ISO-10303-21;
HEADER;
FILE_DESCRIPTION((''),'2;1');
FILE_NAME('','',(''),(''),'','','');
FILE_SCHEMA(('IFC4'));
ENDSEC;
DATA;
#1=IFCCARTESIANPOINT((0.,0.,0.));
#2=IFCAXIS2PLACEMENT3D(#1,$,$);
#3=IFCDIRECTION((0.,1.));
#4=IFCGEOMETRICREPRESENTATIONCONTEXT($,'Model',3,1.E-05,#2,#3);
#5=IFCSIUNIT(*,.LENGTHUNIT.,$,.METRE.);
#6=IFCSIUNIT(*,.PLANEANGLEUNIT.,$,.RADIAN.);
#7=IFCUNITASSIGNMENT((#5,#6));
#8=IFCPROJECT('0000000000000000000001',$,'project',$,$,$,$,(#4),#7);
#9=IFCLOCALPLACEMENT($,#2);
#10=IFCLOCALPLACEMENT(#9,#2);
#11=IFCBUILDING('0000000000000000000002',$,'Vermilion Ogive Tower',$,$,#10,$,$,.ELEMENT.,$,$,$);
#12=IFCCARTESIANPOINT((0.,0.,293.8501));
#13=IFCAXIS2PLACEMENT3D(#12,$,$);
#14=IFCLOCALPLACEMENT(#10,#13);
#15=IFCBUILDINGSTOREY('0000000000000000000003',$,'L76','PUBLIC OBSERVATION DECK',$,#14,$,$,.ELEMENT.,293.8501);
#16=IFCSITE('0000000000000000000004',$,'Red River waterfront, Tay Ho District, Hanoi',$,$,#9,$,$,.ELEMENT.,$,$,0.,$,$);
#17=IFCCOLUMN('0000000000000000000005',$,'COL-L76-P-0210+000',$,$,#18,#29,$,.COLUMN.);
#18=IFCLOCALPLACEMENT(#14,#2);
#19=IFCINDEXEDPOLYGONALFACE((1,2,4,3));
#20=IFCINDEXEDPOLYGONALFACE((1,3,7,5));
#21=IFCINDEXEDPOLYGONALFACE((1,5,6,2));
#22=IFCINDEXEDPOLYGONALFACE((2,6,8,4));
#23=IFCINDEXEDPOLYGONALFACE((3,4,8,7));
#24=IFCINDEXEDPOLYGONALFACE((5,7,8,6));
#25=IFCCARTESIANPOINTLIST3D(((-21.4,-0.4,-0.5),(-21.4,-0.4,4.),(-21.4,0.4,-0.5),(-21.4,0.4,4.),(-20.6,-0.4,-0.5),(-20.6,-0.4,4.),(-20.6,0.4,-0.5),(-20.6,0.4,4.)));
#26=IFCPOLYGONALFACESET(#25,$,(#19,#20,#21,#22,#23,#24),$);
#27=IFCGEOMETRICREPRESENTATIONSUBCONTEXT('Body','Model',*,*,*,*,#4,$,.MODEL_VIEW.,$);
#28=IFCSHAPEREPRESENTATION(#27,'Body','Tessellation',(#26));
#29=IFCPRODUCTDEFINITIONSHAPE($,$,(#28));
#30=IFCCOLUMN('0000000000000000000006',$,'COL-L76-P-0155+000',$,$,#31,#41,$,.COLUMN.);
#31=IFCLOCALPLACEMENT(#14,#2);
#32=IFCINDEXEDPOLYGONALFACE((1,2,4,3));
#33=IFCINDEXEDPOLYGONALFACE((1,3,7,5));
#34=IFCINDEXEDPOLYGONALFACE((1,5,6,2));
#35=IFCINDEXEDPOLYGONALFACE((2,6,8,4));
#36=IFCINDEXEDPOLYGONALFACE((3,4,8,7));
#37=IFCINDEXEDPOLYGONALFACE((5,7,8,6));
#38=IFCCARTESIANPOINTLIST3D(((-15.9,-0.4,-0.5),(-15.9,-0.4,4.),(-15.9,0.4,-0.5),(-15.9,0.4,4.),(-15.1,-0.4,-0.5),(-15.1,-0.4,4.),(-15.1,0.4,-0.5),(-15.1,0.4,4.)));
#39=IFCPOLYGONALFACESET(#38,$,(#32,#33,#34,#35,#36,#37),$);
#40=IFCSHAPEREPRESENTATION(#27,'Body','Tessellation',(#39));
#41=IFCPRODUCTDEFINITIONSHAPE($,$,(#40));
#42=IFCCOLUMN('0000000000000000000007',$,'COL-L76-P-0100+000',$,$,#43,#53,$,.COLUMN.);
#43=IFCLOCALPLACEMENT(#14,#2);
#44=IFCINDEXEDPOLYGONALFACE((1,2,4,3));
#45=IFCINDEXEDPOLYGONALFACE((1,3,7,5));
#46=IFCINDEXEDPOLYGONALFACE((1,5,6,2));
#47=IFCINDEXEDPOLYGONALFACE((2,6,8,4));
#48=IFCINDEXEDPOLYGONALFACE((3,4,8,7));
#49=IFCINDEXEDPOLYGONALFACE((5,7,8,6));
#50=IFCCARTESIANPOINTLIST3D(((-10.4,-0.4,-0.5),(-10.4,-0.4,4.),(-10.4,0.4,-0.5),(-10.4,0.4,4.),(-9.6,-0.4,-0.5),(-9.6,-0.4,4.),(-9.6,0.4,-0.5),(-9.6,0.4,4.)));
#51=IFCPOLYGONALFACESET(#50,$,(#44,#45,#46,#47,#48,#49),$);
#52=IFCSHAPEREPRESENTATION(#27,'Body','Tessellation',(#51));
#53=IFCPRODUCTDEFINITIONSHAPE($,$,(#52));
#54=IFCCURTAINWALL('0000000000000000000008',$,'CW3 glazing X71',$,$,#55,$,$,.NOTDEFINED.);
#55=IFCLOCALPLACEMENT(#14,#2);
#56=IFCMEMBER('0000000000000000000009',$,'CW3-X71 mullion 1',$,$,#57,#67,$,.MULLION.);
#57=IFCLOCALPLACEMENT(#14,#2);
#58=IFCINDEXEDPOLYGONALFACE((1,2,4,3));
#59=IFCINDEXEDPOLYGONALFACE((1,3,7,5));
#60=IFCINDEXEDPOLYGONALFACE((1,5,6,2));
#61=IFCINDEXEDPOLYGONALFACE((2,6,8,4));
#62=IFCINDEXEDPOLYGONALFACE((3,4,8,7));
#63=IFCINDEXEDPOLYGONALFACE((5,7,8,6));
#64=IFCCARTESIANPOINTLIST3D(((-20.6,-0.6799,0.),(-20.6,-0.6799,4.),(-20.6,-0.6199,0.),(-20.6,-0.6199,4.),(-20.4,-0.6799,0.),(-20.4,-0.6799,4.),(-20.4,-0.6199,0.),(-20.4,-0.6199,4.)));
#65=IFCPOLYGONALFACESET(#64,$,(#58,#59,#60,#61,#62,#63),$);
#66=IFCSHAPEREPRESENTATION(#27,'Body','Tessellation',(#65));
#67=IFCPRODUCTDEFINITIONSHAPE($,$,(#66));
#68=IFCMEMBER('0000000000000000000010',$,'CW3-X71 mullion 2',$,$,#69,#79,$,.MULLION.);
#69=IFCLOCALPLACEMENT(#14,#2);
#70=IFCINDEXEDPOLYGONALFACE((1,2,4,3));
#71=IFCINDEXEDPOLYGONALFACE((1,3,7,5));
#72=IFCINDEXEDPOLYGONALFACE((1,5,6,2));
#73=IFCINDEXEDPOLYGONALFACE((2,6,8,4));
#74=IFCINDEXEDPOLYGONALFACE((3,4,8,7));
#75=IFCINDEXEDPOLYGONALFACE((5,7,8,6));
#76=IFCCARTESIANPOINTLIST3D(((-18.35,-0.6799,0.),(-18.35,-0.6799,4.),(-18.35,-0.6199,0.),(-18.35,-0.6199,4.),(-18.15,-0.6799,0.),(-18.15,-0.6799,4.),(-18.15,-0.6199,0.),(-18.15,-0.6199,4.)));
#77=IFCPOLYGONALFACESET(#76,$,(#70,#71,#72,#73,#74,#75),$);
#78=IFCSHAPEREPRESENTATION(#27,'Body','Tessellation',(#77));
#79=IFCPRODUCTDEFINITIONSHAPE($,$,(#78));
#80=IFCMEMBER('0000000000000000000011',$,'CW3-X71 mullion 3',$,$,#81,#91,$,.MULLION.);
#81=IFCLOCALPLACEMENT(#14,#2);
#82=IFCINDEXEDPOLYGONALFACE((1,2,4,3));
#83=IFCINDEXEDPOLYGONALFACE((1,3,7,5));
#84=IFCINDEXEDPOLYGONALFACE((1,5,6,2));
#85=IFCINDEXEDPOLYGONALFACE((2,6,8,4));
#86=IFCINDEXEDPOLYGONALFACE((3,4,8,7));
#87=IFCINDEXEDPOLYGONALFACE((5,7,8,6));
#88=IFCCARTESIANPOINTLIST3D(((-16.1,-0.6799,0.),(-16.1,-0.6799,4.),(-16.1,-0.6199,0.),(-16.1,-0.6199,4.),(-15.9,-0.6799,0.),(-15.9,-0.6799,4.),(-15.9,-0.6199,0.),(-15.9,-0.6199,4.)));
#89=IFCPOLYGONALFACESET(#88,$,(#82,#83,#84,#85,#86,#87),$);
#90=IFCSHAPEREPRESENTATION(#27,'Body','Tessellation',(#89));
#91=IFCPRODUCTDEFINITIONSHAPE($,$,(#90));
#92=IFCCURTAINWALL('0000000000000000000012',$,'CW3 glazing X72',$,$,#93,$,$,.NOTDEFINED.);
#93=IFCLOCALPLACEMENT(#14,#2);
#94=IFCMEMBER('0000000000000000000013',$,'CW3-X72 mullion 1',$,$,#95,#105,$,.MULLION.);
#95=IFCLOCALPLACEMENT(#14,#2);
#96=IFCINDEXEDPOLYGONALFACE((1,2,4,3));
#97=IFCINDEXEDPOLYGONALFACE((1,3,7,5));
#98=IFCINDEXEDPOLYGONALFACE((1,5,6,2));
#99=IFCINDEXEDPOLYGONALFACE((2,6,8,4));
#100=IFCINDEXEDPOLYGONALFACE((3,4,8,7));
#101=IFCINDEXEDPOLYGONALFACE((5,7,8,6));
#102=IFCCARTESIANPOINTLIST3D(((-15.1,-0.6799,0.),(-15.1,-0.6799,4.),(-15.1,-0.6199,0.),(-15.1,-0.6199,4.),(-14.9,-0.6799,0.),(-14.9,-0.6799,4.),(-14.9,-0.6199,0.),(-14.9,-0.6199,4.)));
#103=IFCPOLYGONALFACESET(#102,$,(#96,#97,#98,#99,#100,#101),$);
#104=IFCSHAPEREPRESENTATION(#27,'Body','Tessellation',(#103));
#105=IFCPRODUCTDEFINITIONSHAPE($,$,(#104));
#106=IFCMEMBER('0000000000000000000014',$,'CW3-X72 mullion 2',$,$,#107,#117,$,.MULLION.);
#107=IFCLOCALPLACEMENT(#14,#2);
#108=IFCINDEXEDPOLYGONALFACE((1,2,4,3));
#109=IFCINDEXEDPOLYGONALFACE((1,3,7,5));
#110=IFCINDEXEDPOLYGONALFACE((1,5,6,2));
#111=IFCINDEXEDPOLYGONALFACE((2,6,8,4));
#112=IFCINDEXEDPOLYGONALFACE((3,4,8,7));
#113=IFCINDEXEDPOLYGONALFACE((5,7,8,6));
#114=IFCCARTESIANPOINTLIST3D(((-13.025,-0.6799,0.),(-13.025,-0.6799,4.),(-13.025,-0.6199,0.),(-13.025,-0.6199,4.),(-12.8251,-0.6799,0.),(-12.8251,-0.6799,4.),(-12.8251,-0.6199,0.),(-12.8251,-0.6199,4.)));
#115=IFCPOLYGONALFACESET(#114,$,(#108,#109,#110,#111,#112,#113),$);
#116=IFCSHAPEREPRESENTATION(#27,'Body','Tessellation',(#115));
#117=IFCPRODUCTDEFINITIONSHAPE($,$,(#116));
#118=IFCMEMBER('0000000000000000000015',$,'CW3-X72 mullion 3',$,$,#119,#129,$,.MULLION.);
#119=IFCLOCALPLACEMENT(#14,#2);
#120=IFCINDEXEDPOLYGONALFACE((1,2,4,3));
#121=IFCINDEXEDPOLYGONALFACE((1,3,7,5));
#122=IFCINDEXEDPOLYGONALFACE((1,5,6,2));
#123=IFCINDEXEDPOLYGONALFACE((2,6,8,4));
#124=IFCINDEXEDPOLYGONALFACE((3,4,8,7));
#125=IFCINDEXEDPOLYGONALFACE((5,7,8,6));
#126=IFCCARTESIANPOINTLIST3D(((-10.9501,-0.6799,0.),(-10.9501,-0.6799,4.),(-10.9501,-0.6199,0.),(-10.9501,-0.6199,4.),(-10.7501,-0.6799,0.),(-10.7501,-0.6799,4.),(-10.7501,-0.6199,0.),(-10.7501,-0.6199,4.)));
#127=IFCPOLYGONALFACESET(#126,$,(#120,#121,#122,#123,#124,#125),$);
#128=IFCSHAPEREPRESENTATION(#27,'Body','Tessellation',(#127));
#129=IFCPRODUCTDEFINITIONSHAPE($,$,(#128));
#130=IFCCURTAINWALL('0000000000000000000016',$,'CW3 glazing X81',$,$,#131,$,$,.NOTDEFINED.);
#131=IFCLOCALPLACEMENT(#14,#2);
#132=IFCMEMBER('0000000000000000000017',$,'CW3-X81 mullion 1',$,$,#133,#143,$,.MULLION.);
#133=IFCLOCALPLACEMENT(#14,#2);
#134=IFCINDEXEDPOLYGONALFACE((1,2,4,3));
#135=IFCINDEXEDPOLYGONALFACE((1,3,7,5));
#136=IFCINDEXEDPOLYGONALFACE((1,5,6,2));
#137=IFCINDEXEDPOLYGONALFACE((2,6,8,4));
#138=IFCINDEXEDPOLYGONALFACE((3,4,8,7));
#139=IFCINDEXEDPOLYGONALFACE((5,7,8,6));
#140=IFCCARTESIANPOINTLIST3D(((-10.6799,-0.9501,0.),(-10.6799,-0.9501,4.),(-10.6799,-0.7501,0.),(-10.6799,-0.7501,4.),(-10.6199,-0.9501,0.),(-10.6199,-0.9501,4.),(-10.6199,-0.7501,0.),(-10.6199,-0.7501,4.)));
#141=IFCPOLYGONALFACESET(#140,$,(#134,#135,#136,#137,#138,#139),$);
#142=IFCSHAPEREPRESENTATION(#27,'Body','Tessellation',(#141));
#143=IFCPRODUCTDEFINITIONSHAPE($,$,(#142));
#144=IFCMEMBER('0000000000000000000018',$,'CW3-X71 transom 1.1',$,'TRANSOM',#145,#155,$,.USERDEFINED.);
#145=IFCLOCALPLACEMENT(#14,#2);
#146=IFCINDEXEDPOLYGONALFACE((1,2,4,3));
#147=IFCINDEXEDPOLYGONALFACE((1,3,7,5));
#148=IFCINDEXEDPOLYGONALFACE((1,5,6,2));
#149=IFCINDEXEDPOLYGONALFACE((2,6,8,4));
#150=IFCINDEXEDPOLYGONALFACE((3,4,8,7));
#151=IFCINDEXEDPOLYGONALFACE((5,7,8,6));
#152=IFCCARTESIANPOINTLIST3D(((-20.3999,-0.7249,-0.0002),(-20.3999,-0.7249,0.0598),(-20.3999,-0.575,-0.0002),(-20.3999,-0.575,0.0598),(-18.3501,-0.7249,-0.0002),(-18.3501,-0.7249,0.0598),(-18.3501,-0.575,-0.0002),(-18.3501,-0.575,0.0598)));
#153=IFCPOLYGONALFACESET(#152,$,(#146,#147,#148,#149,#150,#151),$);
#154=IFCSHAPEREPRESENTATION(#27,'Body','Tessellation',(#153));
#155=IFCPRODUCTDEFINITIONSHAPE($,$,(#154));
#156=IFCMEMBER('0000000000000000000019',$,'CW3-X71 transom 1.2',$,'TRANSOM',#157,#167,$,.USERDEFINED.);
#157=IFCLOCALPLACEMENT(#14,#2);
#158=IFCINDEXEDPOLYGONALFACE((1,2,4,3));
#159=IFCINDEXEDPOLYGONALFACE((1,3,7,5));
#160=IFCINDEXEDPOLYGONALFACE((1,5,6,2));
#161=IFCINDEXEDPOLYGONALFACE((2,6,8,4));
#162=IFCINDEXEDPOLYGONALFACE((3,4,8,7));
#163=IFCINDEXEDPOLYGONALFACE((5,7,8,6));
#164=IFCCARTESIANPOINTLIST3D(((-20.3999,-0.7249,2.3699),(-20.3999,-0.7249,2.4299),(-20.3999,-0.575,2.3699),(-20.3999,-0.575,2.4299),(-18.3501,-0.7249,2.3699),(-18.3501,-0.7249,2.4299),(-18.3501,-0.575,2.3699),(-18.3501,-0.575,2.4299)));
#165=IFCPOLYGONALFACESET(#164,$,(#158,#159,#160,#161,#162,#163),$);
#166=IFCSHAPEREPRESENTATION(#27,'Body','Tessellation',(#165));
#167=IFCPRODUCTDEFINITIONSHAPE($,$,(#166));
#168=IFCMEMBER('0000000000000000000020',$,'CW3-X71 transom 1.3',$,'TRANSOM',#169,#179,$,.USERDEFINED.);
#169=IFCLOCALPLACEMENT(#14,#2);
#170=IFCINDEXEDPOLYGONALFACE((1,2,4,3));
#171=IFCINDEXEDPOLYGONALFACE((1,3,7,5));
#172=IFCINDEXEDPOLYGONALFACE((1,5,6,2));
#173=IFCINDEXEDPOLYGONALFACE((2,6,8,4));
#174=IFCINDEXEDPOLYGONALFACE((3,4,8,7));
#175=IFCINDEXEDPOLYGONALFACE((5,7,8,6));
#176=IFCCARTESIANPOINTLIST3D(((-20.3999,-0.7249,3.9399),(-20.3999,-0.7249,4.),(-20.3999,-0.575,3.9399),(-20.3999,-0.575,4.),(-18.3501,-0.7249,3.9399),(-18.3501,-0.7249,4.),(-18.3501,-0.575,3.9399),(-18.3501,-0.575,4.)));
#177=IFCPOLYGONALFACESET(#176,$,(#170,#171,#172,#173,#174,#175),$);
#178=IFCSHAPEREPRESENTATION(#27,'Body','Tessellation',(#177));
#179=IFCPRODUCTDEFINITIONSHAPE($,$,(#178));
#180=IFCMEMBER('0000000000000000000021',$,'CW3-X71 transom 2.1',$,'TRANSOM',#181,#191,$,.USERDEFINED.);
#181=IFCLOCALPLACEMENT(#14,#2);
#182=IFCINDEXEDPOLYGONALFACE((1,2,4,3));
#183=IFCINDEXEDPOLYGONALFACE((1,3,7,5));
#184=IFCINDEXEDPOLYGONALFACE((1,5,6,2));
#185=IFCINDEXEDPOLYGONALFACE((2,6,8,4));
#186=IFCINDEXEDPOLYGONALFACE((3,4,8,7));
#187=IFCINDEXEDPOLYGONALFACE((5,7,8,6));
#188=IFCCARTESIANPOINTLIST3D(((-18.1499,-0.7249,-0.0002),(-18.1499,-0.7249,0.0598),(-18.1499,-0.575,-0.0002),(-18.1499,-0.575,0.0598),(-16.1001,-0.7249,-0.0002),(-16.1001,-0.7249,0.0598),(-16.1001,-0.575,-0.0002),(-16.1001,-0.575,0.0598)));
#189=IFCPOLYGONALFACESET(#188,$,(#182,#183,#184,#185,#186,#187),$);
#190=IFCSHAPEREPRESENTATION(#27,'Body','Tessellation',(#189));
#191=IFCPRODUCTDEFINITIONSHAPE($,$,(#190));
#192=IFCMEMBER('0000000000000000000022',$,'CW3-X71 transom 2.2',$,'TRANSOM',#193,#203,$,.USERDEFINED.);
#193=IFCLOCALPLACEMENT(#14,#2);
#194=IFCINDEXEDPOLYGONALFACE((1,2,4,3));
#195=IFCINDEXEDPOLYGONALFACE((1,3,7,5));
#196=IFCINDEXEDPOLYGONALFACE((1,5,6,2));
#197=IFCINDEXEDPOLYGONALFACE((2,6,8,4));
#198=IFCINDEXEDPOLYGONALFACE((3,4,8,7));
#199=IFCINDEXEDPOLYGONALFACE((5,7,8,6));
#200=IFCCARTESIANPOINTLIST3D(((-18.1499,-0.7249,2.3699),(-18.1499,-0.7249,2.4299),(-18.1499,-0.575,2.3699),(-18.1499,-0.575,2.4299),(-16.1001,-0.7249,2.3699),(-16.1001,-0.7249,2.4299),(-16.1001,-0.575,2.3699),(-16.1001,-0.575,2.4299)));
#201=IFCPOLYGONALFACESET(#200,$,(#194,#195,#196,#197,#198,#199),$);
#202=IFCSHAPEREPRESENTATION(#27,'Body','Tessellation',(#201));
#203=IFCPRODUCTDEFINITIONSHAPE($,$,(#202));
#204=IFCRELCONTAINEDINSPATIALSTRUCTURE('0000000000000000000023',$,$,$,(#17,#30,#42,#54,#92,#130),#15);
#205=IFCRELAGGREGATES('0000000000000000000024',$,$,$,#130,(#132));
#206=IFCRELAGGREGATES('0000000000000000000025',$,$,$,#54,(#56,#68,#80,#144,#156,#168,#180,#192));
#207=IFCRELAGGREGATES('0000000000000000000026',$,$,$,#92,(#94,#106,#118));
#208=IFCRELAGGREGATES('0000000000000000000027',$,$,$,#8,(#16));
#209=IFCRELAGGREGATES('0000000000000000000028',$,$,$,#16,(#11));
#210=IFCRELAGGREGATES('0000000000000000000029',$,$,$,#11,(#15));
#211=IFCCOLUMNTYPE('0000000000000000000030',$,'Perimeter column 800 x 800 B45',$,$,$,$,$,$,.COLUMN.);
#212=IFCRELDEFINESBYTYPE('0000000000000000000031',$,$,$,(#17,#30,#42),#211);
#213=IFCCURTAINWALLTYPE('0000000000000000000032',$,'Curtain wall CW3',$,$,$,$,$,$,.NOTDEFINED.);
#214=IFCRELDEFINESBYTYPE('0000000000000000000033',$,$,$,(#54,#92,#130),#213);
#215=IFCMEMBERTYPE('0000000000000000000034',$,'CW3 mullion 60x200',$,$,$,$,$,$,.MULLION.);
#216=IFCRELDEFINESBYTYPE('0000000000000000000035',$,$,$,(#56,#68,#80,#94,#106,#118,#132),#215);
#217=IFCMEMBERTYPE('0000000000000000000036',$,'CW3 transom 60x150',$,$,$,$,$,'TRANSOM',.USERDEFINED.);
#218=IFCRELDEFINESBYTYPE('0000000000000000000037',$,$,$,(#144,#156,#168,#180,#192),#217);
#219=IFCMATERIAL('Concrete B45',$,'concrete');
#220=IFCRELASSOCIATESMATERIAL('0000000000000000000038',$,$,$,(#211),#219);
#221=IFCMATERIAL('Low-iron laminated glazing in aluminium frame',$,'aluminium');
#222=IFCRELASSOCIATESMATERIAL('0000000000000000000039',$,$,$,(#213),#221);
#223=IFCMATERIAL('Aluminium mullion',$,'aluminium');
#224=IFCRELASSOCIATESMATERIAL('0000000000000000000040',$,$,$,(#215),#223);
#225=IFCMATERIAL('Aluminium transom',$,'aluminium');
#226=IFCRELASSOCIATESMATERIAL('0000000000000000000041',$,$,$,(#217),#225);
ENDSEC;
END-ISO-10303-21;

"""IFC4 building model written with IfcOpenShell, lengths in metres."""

from ifc_helpers import new_model, si_unit, direction, frame, origin, origin_2d, place, context, subcontext, project, spatial, rectangle, extrude, material, material_profile, profile_set, type_object, element, aggregate, save


model = new_model("IFC4")

# Units and contexts
model_context = context("Model", 3, precision=1e-05, world=origin(), true_north=direction((0.0, 1.0)))
body_context = subcontext(model_context, "Body", "Model", "MODEL_VIEW")
ifc_project = project(units=[si_unit("LENGTHUNIT", "METRE"), si_unit("PLANEANGLEUNIT", "RADIAN")], contexts=[model_context])

# Site, building, storey
site_placement = place(None, origin())
site = spatial("IfcSite", under=ifc_project, at=site_placement, Name="Red River waterfront, Tay Ho District, Hanoi", CompositionType="ELEMENT", RefElevation=0.0)
building_placement = place(site_placement, origin())
building = spatial("IfcBuilding", under=site, at=building_placement, Name="Vermilion Ogive Tower", CompositionType="ELEMENT")
storey_placement = place(building_placement, frame((0.0, 0.0, 293.8501)))
storey = spatial("IfcBuildingStorey", under=building, at=storey_placement, Name="L76", Description="PUBLIC OBSERVATION DECK", CompositionType="ELEMENT", Elevation=293.8501)

# Columns
ifc_material_1 = material(Name="Concrete B45", Category="concrete")
ifc_material_profile_1 = material_profile(ifc_material_1, rectangle(XDim=0.8, YDim=0.8, at=origin_2d()), Name="800 x 800")
ifc_profile_set_1 = profile_set([ifc_material_profile_1], Name="Concrete B45")
column_type = type_object("IfcColumnType", Name="Perimeter column 800 x 800 B45", PredefinedType="COLUMN", material=ifc_profile_set_1)
for number, where, z_axis, x_axis, name in (
    (1, (-21.0, 0.0, -0.5), (0.0, 0.0, 1.0), (1.0, 0.0, 0.0), "COL-L76-P-0210+000"),
    (2, (-15.5, 0.0, -0.5), (0.0, 0.0, 1.0), (1.0, 0.0, 0.0), "COL-L76-P-0155+000"),
    (3, (-10.0, 0.0, -0.5), (0.0, 0.0, 1.0), (1.0, 0.0, 0.0), "COL-L76-P-0100+000"),
):
    element("IfcColumn", number, at=place(storey_placement, frame(where, z_axis=z_axis, x_axis=x_axis)), inside=storey, type_object=column_type, Name=name, PredefinedType="COLUMN", context=body_context, shape_type="SweptSolid", body=[
        extrude(rectangle(XDim=0.8, YDim=0.8, at=origin_2d()), origin(), (0.0, 0.0, 1.0), 4.5),
    ])

# Curtain walls, members
ifc_material_2 = material(Name="Low-iron laminated glazing in aluminium frame", Category="aluminium")
curtain_wall_type = type_object("IfcCurtainWallType", Name="Curtain wall CW3", PredefinedType="NOTDEFINED", material=ifc_material_2)
curtain_wall_1_placement = place(storey_placement, origin())
curtain_wall_1 = element("IfcCurtainWall", 4, at=curtain_wall_1_placement, inside=storey, type_object=curtain_wall_type, Name="CW3 glazing X71", PredefinedType="NOTDEFINED")
ifc_material_3 = material(Name="Aluminium mullion", Category="aluminium")
ifc_material_profile_2 = material_profile(ifc_material_3, rectangle(XDim=0.0601, YDim=0.2, at=origin_2d()), Name="AL 60x200")
ifc_profile_set_2 = profile_set([ifc_material_profile_2], Name="Aluminium mullion")
member_type_1 = type_object("IfcMemberType", Name="CW3 mullion 60x200", PredefinedType="MULLION", material=ifc_profile_set_2)
member_1_placement = place(storey_placement, frame((-20.5, -0.6499, 0.0), z_axis=(0.0, 0.0, 1.0), x_axis=(0.0, 1.0, 0.0)))
member_1 = element("IfcMember", 5, at=member_1_placement, type_object=member_type_1, Name="CW3-X71 mullion 1", PredefinedType="MULLION", context=body_context, shape_type="SweptSolid", body=[
    extrude(rectangle(XDim=0.0601, YDim=0.2, at=origin_2d()), origin(), (0.0, 0.0, 1.0), 4.0),
])
member_2_placement = place(storey_placement, frame((-18.25, -0.6499, 0.0), z_axis=(0.0, 0.0, 1.0), x_axis=(0.0, 1.0, 0.0)))
member_2 = element("IfcMember", 6, at=member_2_placement, type_object=member_type_1, Name="CW3-X71 mullion 2", PredefinedType="MULLION", context=body_context, shape_type="SweptSolid", body=[
    extrude(rectangle(XDim=0.0601, YDim=0.2, at=origin_2d()), origin(), (0.0, 0.0, 1.0), 4.0),
])
member_3_placement = place(storey_placement, frame((-16.0, -0.6499, 0.0), z_axis=(0.0, 0.0, 1.0), x_axis=(0.0, 1.0, 0.0)))
member_3 = element("IfcMember", 7, at=member_3_placement, type_object=member_type_1, Name="CW3-X71 mullion 3", PredefinedType="MULLION", context=body_context, shape_type="SweptSolid", body=[
    extrude(rectangle(XDim=0.0601, YDim=0.2, at=origin_2d()), origin(), (0.0, 0.0, 1.0), 4.0),
])
curtain_wall_2_placement = place(storey_placement, origin())
curtain_wall_2 = element("IfcCurtainWall", 8, at=curtain_wall_2_placement, inside=storey, type_object=curtain_wall_type, Name="CW3 glazing X72", PredefinedType="NOTDEFINED")
member_4_placement = place(storey_placement, frame((-15.0, -0.6499, 0.0), z_axis=(0.0, 0.0, 1.0), x_axis=(0.0, 1.0, 0.0)))
member_4 = element("IfcMember", 9, at=member_4_placement, type_object=member_type_1, Name="CW3-X72 mullion 1", PredefinedType="MULLION", context=body_context, shape_type="SweptSolid", body=[
    extrude(rectangle(XDim=0.0601, YDim=0.2, at=origin_2d()), origin(), (0.0, 0.0, 1.0), 4.0),
])
member_5_placement = place(storey_placement, frame((-12.925, -0.6499, 0.0), z_axis=(0.0, 0.0, 1.0), x_axis=(0.0, 1.0, 0.0)))
member_5 = element("IfcMember", 10, at=member_5_placement, type_object=member_type_1, Name="CW3-X72 mullion 2", PredefinedType="MULLION", context=body_context, shape_type="SweptSolid", body=[
    extrude(rectangle(XDim=0.0601, YDim=0.2, at=origin_2d()), origin(), (0.0, 0.0, 1.0), 4.0),
])
member_6_placement = place(storey_placement, frame((-10.8501, -0.6499, 0.0), z_axis=(0.0, 0.0, 1.0), x_axis=(0.0, 1.0, 0.0)))
member_6 = element("IfcMember", 11, at=member_6_placement, type_object=member_type_1, Name="CW3-X72 mullion 3", PredefinedType="MULLION", context=body_context, shape_type="SweptSolid", body=[
    extrude(rectangle(XDim=0.0601, YDim=0.2, at=origin_2d()), origin(), (0.0, 0.0, 1.0), 4.0),
])

# Curtain wall, member
curtain_wall_3_placement = place(storey_placement, origin())
curtain_wall_3 = element("IfcCurtainWall", 12, at=curtain_wall_3_placement, inside=storey, type_object=curtain_wall_type, Name="CW3 glazing X81", PredefinedType="NOTDEFINED")
member_7_placement = place(storey_placement, frame((-10.6499, -0.8501, 0.0), z_axis=(0.0, 0.0, 1.0), x_axis=(1.0, 0.0, 0.0)))
member_7 = element("IfcMember", 13, at=member_7_placement, type_object=member_type_1, Name="CW3-X81 mullion 1", PredefinedType="MULLION", context=body_context, shape_type="SweptSolid", body=[
    extrude(rectangle(XDim=0.0601, YDim=0.2, at=origin_2d()), origin(), (0.0, 0.0, 1.0), 4.0),
])

# Members
ifc_material_4 = material(Name="Aluminium transom", Category="aluminium")
ifc_material_profile_3 = material_profile(ifc_material_4, rectangle(XDim=0.1499, YDim=0.0601, at=origin_2d()), Name="AL 60x150")
ifc_profile_set_3 = profile_set([ifc_material_profile_3], Name="Aluminium transom")
member_type_2 = type_object("IfcMemberType", Name="CW3 transom 60x150", ElementType="TRANSOM", PredefinedType="USERDEFINED", material=ifc_profile_set_3)
member_8_placement = place(storey_placement, frame((-20.3999, -0.6499, 0.0298), z_axis=(1.0, 0.0, 0.0), x_axis=(0.0, 1.0, 0.0)))
member_8 = element("IfcMember", 14, at=member_8_placement, type_object=member_type_2, Name="CW3-X71 transom 1.1", ObjectType="TRANSOM", PredefinedType="USERDEFINED", context=body_context, shape_type="SweptSolid", body=[
    extrude(rectangle(XDim=0.1499, YDim=0.0601, at=origin_2d()), origin(), (0.0, 0.0, 1.0), 2.0498),
])
member_9_placement = place(storey_placement, frame((-20.3999, -0.6499, 2.3999), z_axis=(1.0, 0.0, 0.0), x_axis=(0.0, 1.0, 0.0)))
member_9 = element("IfcMember", 15, at=member_9_placement, type_object=member_type_2, Name="CW3-X71 transom 1.2", ObjectType="TRANSOM", PredefinedType="USERDEFINED", context=body_context, shape_type="SweptSolid", body=[
    extrude(rectangle(XDim=0.1499, YDim=0.0601, at=origin_2d()), origin(), (0.0, 0.0, 1.0), 2.0498),
])
member_10_placement = place(storey_placement, frame((-20.3999, -0.6499, 3.97), z_axis=(1.0, 0.0, 0.0), x_axis=(0.0, 1.0, 0.0)))
member_10 = element("IfcMember", 16, at=member_10_placement, type_object=member_type_2, Name="CW3-X71 transom 1.3", ObjectType="TRANSOM", PredefinedType="USERDEFINED", context=body_context, shape_type="SweptSolid", body=[
    extrude(rectangle(XDim=0.1499, YDim=0.0601, at=origin_2d()), origin(), (0.0, 0.0, 1.0), 2.0498),
])
member_11_placement = place(storey_placement, frame((-18.1499, -0.6499, 0.0298), z_axis=(1.0, 0.0, 0.0), x_axis=(0.0, 1.0, 0.0)))
member_11 = element("IfcMember", 17, at=member_11_placement, type_object=member_type_2, Name="CW3-X71 transom 2.1", ObjectType="TRANSOM", PredefinedType="USERDEFINED", context=body_context, shape_type="SweptSolid", body=[
    extrude(rectangle(XDim=0.1499, YDim=0.0601, at=origin_2d()), origin(), (0.0, 0.0, 1.0), 2.0498),
])
member_12_placement = place(storey_placement, frame((-18.1499, -0.6499, 2.3999), z_axis=(1.0, 0.0, 0.0), x_axis=(0.0, 1.0, 0.0)))
member_12 = element("IfcMember", 18, at=member_12_placement, type_object=member_type_2, Name="CW3-X71 transom 2.2", ObjectType="TRANSOM", PredefinedType="USERDEFINED", context=body_context, shape_type="SweptSolid", body=[
    extrude(rectangle(XDim=0.1499, YDim=0.0601, at=origin_2d()), origin(), (0.0, 0.0, 1.0), 2.0498),
])
aggregate(curtain_wall_3, [member_7])

aggregate(curtain_wall_1, [member_1, member_2, member_3, member_8, member_9, member_10, member_11, member_12])
aggregate(curtain_wall_2, [member_4, member_5, member_6])

save(model, "model.ifc")
